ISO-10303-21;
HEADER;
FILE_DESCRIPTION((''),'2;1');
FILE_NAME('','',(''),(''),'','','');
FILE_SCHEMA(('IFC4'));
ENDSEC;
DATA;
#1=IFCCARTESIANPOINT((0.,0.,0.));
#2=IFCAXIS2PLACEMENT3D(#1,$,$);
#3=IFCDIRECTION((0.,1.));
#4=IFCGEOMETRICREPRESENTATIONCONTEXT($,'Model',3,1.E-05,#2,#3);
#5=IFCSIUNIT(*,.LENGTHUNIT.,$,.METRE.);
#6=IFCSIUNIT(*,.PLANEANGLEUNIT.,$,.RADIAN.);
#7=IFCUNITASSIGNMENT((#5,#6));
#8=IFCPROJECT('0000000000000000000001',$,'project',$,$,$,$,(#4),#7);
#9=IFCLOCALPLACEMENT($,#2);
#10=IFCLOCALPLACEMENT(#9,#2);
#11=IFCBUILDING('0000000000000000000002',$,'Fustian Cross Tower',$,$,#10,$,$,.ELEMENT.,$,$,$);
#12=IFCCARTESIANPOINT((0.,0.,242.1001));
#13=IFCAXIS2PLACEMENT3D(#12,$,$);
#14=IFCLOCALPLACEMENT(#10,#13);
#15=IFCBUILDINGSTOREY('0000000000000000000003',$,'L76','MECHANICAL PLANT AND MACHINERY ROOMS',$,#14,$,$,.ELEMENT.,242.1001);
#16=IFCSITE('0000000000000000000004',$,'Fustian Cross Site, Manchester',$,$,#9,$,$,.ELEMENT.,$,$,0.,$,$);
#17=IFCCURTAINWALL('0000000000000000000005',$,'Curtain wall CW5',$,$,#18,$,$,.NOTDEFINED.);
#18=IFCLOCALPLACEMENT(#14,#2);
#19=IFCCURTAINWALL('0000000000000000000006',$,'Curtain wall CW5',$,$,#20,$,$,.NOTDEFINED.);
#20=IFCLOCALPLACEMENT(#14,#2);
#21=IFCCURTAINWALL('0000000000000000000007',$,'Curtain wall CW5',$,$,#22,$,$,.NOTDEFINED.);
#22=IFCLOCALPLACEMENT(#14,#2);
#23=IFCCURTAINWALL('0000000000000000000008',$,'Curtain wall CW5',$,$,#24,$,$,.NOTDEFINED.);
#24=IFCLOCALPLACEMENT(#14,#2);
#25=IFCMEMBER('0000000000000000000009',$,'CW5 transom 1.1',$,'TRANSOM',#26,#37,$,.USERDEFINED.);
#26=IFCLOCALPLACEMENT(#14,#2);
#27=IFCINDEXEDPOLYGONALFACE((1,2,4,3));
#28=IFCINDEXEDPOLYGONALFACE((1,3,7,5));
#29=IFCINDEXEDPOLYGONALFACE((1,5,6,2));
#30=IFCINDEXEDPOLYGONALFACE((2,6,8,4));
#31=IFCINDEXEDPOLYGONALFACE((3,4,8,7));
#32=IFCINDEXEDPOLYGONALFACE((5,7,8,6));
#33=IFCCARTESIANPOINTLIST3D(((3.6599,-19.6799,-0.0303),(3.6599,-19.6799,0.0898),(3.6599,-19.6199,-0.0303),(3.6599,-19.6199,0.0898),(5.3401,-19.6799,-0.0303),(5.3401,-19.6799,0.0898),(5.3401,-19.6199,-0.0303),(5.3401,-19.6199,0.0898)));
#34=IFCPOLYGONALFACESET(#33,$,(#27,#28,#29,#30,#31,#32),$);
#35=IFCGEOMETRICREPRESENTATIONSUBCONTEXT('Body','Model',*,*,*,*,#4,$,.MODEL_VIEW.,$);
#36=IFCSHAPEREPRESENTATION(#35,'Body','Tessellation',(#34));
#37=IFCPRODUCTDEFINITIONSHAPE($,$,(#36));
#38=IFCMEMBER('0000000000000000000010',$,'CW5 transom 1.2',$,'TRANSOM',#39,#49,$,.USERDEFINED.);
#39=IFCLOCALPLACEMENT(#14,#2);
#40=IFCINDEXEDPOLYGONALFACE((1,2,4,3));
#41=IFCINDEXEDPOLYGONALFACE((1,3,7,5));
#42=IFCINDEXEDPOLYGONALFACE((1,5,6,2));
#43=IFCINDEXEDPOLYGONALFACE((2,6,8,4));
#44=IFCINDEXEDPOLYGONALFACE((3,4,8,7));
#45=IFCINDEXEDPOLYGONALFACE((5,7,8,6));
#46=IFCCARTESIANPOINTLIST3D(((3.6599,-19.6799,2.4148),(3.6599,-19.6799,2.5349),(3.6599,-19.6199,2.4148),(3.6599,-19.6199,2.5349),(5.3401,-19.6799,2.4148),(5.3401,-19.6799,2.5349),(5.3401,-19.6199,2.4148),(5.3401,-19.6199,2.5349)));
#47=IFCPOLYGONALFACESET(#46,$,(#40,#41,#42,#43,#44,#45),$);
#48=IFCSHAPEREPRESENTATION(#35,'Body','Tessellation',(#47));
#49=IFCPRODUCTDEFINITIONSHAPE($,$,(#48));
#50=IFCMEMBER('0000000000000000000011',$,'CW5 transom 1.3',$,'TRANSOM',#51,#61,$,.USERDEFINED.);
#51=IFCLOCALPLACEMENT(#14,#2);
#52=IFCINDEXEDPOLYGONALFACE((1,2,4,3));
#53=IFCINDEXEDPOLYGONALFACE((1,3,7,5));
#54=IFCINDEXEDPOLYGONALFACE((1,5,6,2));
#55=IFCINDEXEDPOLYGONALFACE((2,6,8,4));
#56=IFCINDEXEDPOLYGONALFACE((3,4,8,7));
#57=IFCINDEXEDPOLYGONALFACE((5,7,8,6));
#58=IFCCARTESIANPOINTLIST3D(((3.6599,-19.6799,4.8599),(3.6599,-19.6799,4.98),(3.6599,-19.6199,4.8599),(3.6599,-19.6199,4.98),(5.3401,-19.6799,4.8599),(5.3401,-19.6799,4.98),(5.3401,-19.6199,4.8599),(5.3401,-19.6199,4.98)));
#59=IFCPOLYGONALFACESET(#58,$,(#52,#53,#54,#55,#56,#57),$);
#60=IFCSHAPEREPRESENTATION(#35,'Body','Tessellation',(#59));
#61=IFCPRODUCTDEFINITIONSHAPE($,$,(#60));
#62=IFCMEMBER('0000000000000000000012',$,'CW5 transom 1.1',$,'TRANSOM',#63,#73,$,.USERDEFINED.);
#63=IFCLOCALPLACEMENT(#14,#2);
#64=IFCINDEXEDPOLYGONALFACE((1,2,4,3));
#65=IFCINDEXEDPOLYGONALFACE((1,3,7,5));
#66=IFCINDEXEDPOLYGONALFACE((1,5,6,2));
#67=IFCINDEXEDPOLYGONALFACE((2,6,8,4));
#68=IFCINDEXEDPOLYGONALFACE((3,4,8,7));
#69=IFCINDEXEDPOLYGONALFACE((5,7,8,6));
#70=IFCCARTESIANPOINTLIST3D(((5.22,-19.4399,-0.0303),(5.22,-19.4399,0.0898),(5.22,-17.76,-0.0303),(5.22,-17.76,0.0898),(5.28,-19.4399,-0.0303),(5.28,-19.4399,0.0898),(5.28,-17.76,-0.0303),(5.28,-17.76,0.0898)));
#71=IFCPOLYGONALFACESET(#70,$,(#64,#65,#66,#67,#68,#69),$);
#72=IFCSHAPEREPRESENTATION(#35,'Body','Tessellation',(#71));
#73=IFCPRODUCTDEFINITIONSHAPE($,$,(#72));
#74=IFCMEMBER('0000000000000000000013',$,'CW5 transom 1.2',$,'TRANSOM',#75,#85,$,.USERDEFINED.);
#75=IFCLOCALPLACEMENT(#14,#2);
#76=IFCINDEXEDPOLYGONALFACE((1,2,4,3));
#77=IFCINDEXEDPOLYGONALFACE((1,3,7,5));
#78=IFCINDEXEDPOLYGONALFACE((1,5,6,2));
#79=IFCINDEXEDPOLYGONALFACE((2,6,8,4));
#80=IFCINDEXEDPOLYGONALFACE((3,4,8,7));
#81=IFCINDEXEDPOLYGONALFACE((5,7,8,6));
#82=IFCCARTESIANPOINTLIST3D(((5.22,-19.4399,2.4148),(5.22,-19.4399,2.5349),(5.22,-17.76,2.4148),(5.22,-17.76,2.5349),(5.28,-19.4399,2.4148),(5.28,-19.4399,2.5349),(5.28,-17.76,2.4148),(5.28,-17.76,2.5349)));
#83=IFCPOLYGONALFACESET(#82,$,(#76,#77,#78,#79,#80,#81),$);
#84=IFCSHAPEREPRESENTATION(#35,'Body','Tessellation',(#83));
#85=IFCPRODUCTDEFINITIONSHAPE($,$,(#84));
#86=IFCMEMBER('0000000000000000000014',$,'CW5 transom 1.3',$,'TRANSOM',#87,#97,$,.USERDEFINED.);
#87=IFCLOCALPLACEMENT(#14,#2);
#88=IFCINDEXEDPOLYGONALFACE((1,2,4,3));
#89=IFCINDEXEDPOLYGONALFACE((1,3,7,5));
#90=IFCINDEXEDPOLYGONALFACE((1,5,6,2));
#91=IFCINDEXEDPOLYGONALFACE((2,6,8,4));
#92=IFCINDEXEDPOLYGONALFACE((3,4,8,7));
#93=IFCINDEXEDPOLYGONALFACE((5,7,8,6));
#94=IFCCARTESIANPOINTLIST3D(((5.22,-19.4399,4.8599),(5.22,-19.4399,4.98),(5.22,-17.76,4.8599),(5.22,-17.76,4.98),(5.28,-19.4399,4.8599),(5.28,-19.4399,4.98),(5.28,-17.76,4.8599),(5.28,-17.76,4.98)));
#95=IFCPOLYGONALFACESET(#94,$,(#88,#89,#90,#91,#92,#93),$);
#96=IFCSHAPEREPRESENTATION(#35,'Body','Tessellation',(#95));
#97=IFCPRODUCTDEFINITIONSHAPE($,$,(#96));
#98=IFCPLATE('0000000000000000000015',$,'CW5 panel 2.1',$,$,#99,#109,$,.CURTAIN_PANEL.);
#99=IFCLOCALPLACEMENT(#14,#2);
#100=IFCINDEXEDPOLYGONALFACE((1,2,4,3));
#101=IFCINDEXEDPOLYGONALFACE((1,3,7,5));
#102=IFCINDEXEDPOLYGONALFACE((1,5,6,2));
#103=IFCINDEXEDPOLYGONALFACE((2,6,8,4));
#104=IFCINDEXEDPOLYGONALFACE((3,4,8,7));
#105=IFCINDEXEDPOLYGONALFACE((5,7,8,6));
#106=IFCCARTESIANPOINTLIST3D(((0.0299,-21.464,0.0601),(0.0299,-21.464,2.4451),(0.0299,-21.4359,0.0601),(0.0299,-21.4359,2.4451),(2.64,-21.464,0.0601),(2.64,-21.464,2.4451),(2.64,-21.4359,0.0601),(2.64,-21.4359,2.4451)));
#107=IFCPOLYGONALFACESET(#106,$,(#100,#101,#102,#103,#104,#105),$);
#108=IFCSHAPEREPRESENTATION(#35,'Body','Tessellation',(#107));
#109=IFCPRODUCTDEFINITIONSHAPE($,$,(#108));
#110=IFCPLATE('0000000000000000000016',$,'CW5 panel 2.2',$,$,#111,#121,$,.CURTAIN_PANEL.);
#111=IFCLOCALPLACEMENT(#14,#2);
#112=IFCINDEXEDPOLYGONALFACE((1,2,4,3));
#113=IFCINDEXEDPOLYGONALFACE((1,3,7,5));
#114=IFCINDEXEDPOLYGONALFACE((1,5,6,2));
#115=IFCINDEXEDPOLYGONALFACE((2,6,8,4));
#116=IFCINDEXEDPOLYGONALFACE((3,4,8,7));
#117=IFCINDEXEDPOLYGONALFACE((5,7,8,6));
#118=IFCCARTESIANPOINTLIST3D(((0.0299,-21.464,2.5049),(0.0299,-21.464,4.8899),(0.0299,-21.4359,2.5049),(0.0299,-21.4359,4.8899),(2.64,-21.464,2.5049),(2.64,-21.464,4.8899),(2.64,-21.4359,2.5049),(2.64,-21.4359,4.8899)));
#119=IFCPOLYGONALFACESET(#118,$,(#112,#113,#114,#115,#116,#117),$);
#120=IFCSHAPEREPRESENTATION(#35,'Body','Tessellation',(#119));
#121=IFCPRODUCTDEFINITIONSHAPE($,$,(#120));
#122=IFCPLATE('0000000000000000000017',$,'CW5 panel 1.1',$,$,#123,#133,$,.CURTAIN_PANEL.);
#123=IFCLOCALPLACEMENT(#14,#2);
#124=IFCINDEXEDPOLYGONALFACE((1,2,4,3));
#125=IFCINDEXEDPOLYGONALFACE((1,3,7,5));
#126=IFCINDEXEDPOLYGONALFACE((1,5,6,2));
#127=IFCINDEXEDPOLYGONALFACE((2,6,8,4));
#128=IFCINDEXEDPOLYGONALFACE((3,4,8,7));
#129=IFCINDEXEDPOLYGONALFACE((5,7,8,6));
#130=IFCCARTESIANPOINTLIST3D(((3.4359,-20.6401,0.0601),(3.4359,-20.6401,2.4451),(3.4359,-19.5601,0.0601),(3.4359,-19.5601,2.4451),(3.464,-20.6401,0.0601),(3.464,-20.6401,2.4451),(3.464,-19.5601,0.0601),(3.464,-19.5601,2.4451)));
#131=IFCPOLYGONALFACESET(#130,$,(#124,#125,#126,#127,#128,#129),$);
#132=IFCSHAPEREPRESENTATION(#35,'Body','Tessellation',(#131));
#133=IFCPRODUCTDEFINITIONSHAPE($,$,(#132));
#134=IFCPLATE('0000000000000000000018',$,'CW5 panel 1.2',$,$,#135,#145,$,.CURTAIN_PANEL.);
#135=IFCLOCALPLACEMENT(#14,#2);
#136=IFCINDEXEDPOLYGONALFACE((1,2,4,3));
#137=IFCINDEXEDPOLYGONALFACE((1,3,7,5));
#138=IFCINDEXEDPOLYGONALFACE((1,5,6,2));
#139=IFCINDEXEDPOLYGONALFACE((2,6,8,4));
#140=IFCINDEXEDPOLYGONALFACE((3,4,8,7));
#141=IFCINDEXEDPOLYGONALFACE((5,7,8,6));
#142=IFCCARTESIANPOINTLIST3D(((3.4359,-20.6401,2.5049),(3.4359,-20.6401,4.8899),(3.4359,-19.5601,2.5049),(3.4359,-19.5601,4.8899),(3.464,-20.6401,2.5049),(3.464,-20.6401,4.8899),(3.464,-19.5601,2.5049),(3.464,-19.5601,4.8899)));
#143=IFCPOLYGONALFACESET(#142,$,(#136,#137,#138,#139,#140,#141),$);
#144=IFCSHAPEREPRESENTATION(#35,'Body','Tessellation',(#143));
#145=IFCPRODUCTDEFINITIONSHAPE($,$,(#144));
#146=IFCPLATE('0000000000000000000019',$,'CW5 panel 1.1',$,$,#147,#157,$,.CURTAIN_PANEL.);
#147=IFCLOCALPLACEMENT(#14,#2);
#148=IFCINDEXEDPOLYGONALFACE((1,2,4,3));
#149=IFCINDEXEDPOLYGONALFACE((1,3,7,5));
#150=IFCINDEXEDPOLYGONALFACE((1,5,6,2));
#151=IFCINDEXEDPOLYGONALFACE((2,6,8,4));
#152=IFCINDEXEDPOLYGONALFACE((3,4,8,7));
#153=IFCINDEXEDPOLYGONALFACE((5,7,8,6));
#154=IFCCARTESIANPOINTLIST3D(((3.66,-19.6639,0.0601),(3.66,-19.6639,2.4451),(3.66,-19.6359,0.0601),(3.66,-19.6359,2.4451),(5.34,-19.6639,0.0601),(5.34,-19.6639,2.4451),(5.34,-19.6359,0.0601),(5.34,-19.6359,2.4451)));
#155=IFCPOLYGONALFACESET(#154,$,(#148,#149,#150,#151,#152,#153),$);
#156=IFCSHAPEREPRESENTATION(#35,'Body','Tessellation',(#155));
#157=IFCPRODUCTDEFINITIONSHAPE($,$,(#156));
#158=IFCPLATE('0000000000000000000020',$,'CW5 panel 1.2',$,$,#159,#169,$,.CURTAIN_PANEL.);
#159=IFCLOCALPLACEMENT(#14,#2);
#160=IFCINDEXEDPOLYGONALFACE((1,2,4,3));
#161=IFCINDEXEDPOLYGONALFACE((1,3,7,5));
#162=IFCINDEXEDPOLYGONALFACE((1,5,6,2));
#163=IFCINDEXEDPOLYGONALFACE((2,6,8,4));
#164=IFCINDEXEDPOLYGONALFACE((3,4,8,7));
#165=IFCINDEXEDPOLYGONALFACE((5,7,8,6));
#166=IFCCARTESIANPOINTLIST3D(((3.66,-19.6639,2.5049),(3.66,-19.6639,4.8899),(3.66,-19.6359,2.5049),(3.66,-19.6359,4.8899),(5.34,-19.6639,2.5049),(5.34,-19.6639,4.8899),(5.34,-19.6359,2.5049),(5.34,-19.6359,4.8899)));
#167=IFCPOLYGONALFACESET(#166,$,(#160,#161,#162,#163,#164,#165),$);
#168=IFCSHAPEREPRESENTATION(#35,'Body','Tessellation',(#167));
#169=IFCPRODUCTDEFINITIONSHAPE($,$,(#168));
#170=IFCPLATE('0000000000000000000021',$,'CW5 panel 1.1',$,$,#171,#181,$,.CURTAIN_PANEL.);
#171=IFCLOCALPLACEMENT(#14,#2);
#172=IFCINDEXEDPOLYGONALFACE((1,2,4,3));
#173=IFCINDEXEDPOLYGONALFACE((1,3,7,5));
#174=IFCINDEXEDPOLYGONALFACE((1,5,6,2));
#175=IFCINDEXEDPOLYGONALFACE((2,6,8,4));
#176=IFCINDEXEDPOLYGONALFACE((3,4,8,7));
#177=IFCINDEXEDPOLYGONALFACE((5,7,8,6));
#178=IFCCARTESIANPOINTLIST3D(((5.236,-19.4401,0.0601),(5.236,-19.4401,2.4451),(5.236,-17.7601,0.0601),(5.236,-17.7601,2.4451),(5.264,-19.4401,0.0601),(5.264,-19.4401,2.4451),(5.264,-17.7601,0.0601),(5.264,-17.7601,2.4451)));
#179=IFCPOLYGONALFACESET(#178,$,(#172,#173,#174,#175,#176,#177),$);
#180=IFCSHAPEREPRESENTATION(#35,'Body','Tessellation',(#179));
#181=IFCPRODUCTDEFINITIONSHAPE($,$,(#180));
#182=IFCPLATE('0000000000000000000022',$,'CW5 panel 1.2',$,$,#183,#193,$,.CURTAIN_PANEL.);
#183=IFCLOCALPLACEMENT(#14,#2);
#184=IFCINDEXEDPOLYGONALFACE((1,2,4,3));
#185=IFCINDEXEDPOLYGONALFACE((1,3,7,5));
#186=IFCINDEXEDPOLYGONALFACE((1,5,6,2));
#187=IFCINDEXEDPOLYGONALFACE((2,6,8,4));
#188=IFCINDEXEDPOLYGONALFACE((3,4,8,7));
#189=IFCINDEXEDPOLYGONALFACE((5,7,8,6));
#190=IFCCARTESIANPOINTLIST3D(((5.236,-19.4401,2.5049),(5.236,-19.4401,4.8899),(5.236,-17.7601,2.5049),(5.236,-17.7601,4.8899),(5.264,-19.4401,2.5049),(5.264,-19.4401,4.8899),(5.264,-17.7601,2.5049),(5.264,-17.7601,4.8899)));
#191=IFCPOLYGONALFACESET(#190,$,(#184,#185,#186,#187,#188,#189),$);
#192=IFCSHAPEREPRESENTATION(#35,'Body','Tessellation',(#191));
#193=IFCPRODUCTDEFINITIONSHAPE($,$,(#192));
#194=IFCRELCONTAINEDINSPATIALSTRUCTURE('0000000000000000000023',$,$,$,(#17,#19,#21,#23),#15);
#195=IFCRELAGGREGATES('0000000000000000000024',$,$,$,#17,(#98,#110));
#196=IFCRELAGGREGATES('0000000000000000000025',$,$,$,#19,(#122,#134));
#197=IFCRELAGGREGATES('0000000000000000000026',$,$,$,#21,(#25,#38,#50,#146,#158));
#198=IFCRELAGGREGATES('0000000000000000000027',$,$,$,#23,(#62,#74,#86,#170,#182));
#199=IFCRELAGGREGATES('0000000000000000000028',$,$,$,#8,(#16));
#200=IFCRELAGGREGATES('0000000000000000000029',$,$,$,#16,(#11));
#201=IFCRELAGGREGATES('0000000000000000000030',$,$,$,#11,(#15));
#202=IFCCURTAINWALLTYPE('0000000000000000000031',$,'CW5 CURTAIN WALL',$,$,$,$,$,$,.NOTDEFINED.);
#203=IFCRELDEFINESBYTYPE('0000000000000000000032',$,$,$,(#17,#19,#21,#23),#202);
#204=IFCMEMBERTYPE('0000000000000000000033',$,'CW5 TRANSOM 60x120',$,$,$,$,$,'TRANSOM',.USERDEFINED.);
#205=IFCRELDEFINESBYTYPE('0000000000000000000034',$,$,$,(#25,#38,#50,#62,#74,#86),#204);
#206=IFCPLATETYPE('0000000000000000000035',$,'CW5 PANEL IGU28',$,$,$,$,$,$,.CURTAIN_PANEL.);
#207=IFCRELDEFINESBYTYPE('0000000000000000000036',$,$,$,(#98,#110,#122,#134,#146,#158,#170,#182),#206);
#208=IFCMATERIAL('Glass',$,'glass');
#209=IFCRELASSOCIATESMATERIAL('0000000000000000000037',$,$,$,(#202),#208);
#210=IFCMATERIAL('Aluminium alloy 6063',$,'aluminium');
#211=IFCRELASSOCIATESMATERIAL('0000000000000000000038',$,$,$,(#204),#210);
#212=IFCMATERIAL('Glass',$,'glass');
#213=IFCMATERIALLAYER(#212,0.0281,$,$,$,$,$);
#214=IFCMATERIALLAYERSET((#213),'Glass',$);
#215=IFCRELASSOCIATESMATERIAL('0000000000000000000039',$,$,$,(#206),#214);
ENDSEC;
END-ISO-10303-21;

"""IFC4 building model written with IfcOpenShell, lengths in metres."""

from ifc_helpers import new_model, si_unit, direction, frame, origin, origin_2d, place, context, subcontext, project, spatial, rectangle, extrude, material, layer, layer_set, material_profile, profile_set, type_object, element, aggregate, save


model = new_model("IFC4")

# Units and contexts
model_context = context("Model", 3, precision=1e-05, world=origin(), true_north=direction((0.0, 1.0)))
body_context = subcontext(model_context, "Body", "Model", "MODEL_VIEW")
ifc_project = project(units=[si_unit("LENGTHUNIT", "METRE"), si_unit("PLANEANGLEUNIT", "RADIAN")], contexts=[model_context])

# Site, building, storey
site_placement = place(None, origin())
site = spatial("IfcSite", under=ifc_project, at=site_placement, Name="Fustian Cross Site, Manchester", CompositionType="ELEMENT", RefElevation=0.0)
building_placement = place(site_placement, origin())
building = spatial("IfcBuilding", under=site, at=building_placement, Name="Fustian Cross Tower", CompositionType="ELEMENT")
storey_placement = place(building_placement, frame((0.0, 0.0, 242.1001)))
storey = spatial("IfcBuildingStorey", under=building, at=storey_placement, Name="L76", Description="MECHANICAL PLANT AND MACHINERY ROOMS", CompositionType="ELEMENT", Elevation=242.1001)

# Curtain walls
ifc_material_1 = material(Name="Glass", Category="glass")
curtain_wall_type = type_object("IfcCurtainWallType", Name="CW5 CURTAIN WALL", PredefinedType="NOTDEFINED", material=ifc_material_1)
curtain_wall_1_placement = place(storey_placement, origin())
curtain_wall_1 = element("IfcCurtainWall", 1, at=curtain_wall_1_placement, inside=storey, type_object=curtain_wall_type, Name="Curtain wall CW5", PredefinedType="NOTDEFINED")
curtain_wall_2_placement = place(storey_placement, origin())
curtain_wall_2 = element("IfcCurtainWall", 2, at=curtain_wall_2_placement, inside=storey, type_object=curtain_wall_type, Name="Curtain wall CW5", PredefinedType="NOTDEFINED")
curtain_wall_3_placement = place(storey_placement, origin())
curtain_wall_3 = element("IfcCurtainWall", 3, at=curtain_wall_3_placement, inside=storey, type_object=curtain_wall_type, Name="Curtain wall CW5", PredefinedType="NOTDEFINED")

# Curtain wall
curtain_wall_4_placement = place(storey_placement, origin())
curtain_wall_4 = element("IfcCurtainWall", 4, at=curtain_wall_4_placement, inside=storey, type_object=curtain_wall_type, Name="Curtain wall CW5", PredefinedType="NOTDEFINED")

# Members
ifc_material_2 = material(Name="Aluminium alloy 6063", Category="aluminium")
ifc_material_profile_1 = material_profile(ifc_material_2, rectangle(XDim=0.0601, YDim=0.1201, at=origin_2d()), Name="CW5 TRANSOM 60x120")
ifc_profile_set_1 = profile_set([ifc_material_profile_1], Name="Aluminium alloy 6063")
member_type_1 = type_object("IfcMemberType", Name="CW5 TRANSOM 60x120", ElementType="TRANSOM", PredefinedType="USERDEFINED", material=ifc_profile_set_1)
member_1_placement = place(storey_placement, frame((3.6599, -19.6499, 0.0298), z_axis=(1.0, 0.0, 0.0), x_axis=(0.0, 1.0, 0.0)))
member_1 = element("IfcMember", 5, at=member_1_placement, type_object=member_type_1, Name="CW5 transom 1.1", ObjectType="TRANSOM", PredefinedType="USERDEFINED", context=body_context, shape_type="SweptSolid", body=[
    extrude(rectangle(XDim=0.0601, YDim=0.1201, at=origin_2d()), origin(), (0.0, 0.0, 1.0), 1.6802),
])
member_2_placement = place(storey_placement, frame((3.6599, -19.6499, 2.4749), z_axis=(1.0, 0.0, 0.0), x_axis=(0.0, 1.0, 0.0)))
member_2 = element("IfcMember", 6, at=member_2_placement, type_object=member_type_1, Name="CW5 transom 1.2", ObjectType="TRANSOM", PredefinedType="USERDEFINED", context=body_context, shape_type="SweptSolid", body=[
    extrude(rectangle(XDim=0.0601, YDim=0.1201, at=origin_2d()), origin(), (0.0, 0.0, 1.0), 1.6802),
])
member_3_placement = place(storey_placement, frame((3.6599, -19.6499, 4.9199), z_axis=(1.0, 0.0, 0.0), x_axis=(0.0, 1.0, 0.0)))
member_3 = element("IfcMember", 7, at=member_3_placement, type_object=member_type_1, Name="CW5 transom 1.3", ObjectType="TRANSOM", PredefinedType="USERDEFINED", context=body_context, shape_type="SweptSolid", body=[
    extrude(rectangle(XDim=0.0601, YDim=0.1201, at=origin_2d()), origin(), (0.0, 0.0, 1.0), 1.6802),
])
member_4_placement = place(storey_placement, frame((5.25, -19.4399, 0.0298), z_axis=(0.0, 1.0, 0.0), x_axis=(-1.0, 0.0, 0.0)))
member_4 = element("IfcMember", 8, at=member_4_placement, type_object=member_type_1, Name="CW5 transom 1.1", ObjectType="TRANSOM", PredefinedType="USERDEFINED", context=body_context, shape_type="SweptSolid", body=[
    extrude(rectangle(XDim=0.0601, YDim=0.1201, at=origin_2d()), origin(), (0.0, 0.0, 1.0), 1.6799),
])
member_5_placement = place(storey_placement, frame((5.25, -19.4399, 2.4749), z_axis=(0.0, 1.0, 0.0), x_axis=(-1.0, 0.0, 0.0)))
member_5 = element("IfcMember", 9, at=member_5_placement, type_object=member_type_1, Name="CW5 transom 1.2", ObjectType="TRANSOM", PredefinedType="USERDEFINED", context=body_context, shape_type="SweptSolid", body=[
    extrude(rectangle(XDim=0.0601, YDim=0.1201, at=origin_2d()), origin(), (0.0, 0.0, 1.0), 1.6799),
])
member_6_placement = place(storey_placement, frame((5.25, -19.4399, 4.9199), z_axis=(0.0, 1.0, 0.0), x_axis=(-1.0, 0.0, 0.0)))
member_6 = element("IfcMember", 10, at=member_6_placement, type_object=member_type_1, Name="CW5 transom 1.3", ObjectType="TRANSOM", PredefinedType="USERDEFINED", context=body_context, shape_type="SweptSolid", body=[
    extrude(rectangle(XDim=0.0601, YDim=0.1201, at=origin_2d()), origin(), (0.0, 0.0, 1.0), 1.6799),
])

# Plates
ifc_material_3 = material(Name="Glass", Category="glass")
ifc_layer_1 = layer(ifc_material_3, 0.0281)
ifc_layer_set_1 = layer_set([ifc_layer_1], Name="Glass")
plate_type = type_object("IfcPlateType", Name="CW5 PANEL IGU28", PredefinedType="CURTAIN_PANEL", material=ifc_layer_set_1)
plate_1_placement = place(storey_placement, frame((1.335, -21.45, 0.0601), z_axis=(0.0, 0.0, 1.0), x_axis=(1.0, 0.0, 0.0)))
plate_1 = element("IfcPlate", 11, at=plate_1_placement, type_object=plate_type, Name="CW5 panel 2.1", PredefinedType="CURTAIN_PANEL", context=body_context, shape_type="SweptSolid", body=[
    extrude(rectangle(XDim=2.6101, YDim=0.0281, at=origin_2d()), origin(), (0.0, 0.0, 1.0), 2.385),
])
plate_2_placement = place(storey_placement, frame((1.335, -21.45, 2.5049), z_axis=(0.0, 0.0, 1.0), x_axis=(1.0, 0.0, 0.0)))
plate_2 = element("IfcPlate", 12, at=plate_2_placement, type_object=plate_type, Name="CW5 panel 2.2", PredefinedType="CURTAIN_PANEL", context=body_context, shape_type="SweptSolid", body=[
    extrude(rectangle(XDim=2.6101, YDim=0.0281, at=origin_2d()), origin(), (0.0, 0.0, 1.0), 2.385),
])
aggregate(curtain_wall_1, [plate_1, plate_2])
plate_3_placement = place(storey_placement, frame((3.45, -20.1001, 0.0601), z_axis=(0.0, 0.0, 1.0), x_axis=(0.0, 1.0, 0.0)))
plate_3 = element("IfcPlate", 13, at=plate_3_placement, type_object=plate_type, Name="CW5 panel 1.1", PredefinedType="CURTAIN_PANEL", context=body_context, shape_type="SweptSolid", body=[
    extrude(rectangle(XDim=1.0801, YDim=0.0281, at=origin_2d()), origin(), (0.0, 0.0, 1.0), 2.385),
])
plate_4_placement = place(storey_placement, frame((3.45, -20.1001, 2.5049), z_axis=(0.0, 0.0, 1.0), x_axis=(0.0, 1.0, 0.0)))
plate_4 = element("IfcPlate", 14, at=plate_4_placement, type_object=plate_type, Name="CW5 panel 1.2", PredefinedType="CURTAIN_PANEL", context=body_context, shape_type="SweptSolid", body=[
    extrude(rectangle(XDim=1.0801, YDim=0.0281, at=origin_2d()), origin(), (0.0, 0.0, 1.0), 2.385),
])
aggregate(curtain_wall_2, [plate_3, plate_4])
plate_5_placement = place(storey_placement, frame((4.5, -19.6499, 0.0601), z_axis=(0.0, 0.0, 1.0), x_axis=(1.0, 0.0, 0.0)))
plate_5 = element("IfcPlate", 15, at=plate_5_placement, type_object=plate_type, Name="CW5 panel 1.1", PredefinedType="CURTAIN_PANEL", context=body_context, shape_type="SweptSolid", body=[
    extrude(rectangle(XDim=1.6799, YDim=0.0281, at=origin_2d()), origin(), (0.0, 0.0, 1.0), 2.385),
])
plate_6_placement = place(storey_placement, frame((4.5, -19.6499, 2.5049), z_axis=(0.0, 0.0, 1.0), x_axis=(1.0, 0.0, 0.0)))
plate_6 = element("IfcPlate", 16, at=plate_6_placement, type_object=plate_type, Name="CW5 panel 1.2", PredefinedType="CURTAIN_PANEL", context=body_context, shape_type="SweptSolid", body=[
    extrude(rectangle(XDim=1.6799, YDim=0.0281, at=origin_2d()), origin(), (0.0, 0.0, 1.0), 2.385),
])
aggregate(curtain_wall_3, [member_1, member_2, member_3, plate_5, plate_6])
plate_7_placement = place(storey_placement, frame((5.25, -18.6001, 0.0601), z_axis=(0.0, 0.0, 1.0), x_axis=(0.0, 1.0, 0.0)))
plate_7 = element("IfcPlate", 17, at=plate_7_placement, type_object=plate_type, Name="CW5 panel 1.1", PredefinedType="CURTAIN_PANEL", context=body_context, shape_type="SweptSolid", body=[
    extrude(rectangle(XDim=1.6799, YDim=0.0281, at=origin_2d()), origin(), (0.0, 0.0, 1.0), 2.385),
])
plate_8_placement = place(storey_placement, frame((5.25, -18.6001, 2.5049), z_axis=(0.0, 0.0, 1.0), x_axis=(0.0, 1.0, 0.0)))
plate_8 = element("IfcPlate", 18, at=plate_8_placement, type_object=plate_type, Name="CW5 panel 1.2", PredefinedType="CURTAIN_PANEL", context=body_context, shape_type="SweptSolid", body=[
    extrude(rectangle(XDim=1.6799, YDim=0.0281, at=origin_2d()), origin(), (0.0, 0.0, 1.0), 2.385),
])
aggregate(curtain_wall_4, [member_4, member_5, member_6, plate_7, plate_8])

save(model, "model.ifc")
